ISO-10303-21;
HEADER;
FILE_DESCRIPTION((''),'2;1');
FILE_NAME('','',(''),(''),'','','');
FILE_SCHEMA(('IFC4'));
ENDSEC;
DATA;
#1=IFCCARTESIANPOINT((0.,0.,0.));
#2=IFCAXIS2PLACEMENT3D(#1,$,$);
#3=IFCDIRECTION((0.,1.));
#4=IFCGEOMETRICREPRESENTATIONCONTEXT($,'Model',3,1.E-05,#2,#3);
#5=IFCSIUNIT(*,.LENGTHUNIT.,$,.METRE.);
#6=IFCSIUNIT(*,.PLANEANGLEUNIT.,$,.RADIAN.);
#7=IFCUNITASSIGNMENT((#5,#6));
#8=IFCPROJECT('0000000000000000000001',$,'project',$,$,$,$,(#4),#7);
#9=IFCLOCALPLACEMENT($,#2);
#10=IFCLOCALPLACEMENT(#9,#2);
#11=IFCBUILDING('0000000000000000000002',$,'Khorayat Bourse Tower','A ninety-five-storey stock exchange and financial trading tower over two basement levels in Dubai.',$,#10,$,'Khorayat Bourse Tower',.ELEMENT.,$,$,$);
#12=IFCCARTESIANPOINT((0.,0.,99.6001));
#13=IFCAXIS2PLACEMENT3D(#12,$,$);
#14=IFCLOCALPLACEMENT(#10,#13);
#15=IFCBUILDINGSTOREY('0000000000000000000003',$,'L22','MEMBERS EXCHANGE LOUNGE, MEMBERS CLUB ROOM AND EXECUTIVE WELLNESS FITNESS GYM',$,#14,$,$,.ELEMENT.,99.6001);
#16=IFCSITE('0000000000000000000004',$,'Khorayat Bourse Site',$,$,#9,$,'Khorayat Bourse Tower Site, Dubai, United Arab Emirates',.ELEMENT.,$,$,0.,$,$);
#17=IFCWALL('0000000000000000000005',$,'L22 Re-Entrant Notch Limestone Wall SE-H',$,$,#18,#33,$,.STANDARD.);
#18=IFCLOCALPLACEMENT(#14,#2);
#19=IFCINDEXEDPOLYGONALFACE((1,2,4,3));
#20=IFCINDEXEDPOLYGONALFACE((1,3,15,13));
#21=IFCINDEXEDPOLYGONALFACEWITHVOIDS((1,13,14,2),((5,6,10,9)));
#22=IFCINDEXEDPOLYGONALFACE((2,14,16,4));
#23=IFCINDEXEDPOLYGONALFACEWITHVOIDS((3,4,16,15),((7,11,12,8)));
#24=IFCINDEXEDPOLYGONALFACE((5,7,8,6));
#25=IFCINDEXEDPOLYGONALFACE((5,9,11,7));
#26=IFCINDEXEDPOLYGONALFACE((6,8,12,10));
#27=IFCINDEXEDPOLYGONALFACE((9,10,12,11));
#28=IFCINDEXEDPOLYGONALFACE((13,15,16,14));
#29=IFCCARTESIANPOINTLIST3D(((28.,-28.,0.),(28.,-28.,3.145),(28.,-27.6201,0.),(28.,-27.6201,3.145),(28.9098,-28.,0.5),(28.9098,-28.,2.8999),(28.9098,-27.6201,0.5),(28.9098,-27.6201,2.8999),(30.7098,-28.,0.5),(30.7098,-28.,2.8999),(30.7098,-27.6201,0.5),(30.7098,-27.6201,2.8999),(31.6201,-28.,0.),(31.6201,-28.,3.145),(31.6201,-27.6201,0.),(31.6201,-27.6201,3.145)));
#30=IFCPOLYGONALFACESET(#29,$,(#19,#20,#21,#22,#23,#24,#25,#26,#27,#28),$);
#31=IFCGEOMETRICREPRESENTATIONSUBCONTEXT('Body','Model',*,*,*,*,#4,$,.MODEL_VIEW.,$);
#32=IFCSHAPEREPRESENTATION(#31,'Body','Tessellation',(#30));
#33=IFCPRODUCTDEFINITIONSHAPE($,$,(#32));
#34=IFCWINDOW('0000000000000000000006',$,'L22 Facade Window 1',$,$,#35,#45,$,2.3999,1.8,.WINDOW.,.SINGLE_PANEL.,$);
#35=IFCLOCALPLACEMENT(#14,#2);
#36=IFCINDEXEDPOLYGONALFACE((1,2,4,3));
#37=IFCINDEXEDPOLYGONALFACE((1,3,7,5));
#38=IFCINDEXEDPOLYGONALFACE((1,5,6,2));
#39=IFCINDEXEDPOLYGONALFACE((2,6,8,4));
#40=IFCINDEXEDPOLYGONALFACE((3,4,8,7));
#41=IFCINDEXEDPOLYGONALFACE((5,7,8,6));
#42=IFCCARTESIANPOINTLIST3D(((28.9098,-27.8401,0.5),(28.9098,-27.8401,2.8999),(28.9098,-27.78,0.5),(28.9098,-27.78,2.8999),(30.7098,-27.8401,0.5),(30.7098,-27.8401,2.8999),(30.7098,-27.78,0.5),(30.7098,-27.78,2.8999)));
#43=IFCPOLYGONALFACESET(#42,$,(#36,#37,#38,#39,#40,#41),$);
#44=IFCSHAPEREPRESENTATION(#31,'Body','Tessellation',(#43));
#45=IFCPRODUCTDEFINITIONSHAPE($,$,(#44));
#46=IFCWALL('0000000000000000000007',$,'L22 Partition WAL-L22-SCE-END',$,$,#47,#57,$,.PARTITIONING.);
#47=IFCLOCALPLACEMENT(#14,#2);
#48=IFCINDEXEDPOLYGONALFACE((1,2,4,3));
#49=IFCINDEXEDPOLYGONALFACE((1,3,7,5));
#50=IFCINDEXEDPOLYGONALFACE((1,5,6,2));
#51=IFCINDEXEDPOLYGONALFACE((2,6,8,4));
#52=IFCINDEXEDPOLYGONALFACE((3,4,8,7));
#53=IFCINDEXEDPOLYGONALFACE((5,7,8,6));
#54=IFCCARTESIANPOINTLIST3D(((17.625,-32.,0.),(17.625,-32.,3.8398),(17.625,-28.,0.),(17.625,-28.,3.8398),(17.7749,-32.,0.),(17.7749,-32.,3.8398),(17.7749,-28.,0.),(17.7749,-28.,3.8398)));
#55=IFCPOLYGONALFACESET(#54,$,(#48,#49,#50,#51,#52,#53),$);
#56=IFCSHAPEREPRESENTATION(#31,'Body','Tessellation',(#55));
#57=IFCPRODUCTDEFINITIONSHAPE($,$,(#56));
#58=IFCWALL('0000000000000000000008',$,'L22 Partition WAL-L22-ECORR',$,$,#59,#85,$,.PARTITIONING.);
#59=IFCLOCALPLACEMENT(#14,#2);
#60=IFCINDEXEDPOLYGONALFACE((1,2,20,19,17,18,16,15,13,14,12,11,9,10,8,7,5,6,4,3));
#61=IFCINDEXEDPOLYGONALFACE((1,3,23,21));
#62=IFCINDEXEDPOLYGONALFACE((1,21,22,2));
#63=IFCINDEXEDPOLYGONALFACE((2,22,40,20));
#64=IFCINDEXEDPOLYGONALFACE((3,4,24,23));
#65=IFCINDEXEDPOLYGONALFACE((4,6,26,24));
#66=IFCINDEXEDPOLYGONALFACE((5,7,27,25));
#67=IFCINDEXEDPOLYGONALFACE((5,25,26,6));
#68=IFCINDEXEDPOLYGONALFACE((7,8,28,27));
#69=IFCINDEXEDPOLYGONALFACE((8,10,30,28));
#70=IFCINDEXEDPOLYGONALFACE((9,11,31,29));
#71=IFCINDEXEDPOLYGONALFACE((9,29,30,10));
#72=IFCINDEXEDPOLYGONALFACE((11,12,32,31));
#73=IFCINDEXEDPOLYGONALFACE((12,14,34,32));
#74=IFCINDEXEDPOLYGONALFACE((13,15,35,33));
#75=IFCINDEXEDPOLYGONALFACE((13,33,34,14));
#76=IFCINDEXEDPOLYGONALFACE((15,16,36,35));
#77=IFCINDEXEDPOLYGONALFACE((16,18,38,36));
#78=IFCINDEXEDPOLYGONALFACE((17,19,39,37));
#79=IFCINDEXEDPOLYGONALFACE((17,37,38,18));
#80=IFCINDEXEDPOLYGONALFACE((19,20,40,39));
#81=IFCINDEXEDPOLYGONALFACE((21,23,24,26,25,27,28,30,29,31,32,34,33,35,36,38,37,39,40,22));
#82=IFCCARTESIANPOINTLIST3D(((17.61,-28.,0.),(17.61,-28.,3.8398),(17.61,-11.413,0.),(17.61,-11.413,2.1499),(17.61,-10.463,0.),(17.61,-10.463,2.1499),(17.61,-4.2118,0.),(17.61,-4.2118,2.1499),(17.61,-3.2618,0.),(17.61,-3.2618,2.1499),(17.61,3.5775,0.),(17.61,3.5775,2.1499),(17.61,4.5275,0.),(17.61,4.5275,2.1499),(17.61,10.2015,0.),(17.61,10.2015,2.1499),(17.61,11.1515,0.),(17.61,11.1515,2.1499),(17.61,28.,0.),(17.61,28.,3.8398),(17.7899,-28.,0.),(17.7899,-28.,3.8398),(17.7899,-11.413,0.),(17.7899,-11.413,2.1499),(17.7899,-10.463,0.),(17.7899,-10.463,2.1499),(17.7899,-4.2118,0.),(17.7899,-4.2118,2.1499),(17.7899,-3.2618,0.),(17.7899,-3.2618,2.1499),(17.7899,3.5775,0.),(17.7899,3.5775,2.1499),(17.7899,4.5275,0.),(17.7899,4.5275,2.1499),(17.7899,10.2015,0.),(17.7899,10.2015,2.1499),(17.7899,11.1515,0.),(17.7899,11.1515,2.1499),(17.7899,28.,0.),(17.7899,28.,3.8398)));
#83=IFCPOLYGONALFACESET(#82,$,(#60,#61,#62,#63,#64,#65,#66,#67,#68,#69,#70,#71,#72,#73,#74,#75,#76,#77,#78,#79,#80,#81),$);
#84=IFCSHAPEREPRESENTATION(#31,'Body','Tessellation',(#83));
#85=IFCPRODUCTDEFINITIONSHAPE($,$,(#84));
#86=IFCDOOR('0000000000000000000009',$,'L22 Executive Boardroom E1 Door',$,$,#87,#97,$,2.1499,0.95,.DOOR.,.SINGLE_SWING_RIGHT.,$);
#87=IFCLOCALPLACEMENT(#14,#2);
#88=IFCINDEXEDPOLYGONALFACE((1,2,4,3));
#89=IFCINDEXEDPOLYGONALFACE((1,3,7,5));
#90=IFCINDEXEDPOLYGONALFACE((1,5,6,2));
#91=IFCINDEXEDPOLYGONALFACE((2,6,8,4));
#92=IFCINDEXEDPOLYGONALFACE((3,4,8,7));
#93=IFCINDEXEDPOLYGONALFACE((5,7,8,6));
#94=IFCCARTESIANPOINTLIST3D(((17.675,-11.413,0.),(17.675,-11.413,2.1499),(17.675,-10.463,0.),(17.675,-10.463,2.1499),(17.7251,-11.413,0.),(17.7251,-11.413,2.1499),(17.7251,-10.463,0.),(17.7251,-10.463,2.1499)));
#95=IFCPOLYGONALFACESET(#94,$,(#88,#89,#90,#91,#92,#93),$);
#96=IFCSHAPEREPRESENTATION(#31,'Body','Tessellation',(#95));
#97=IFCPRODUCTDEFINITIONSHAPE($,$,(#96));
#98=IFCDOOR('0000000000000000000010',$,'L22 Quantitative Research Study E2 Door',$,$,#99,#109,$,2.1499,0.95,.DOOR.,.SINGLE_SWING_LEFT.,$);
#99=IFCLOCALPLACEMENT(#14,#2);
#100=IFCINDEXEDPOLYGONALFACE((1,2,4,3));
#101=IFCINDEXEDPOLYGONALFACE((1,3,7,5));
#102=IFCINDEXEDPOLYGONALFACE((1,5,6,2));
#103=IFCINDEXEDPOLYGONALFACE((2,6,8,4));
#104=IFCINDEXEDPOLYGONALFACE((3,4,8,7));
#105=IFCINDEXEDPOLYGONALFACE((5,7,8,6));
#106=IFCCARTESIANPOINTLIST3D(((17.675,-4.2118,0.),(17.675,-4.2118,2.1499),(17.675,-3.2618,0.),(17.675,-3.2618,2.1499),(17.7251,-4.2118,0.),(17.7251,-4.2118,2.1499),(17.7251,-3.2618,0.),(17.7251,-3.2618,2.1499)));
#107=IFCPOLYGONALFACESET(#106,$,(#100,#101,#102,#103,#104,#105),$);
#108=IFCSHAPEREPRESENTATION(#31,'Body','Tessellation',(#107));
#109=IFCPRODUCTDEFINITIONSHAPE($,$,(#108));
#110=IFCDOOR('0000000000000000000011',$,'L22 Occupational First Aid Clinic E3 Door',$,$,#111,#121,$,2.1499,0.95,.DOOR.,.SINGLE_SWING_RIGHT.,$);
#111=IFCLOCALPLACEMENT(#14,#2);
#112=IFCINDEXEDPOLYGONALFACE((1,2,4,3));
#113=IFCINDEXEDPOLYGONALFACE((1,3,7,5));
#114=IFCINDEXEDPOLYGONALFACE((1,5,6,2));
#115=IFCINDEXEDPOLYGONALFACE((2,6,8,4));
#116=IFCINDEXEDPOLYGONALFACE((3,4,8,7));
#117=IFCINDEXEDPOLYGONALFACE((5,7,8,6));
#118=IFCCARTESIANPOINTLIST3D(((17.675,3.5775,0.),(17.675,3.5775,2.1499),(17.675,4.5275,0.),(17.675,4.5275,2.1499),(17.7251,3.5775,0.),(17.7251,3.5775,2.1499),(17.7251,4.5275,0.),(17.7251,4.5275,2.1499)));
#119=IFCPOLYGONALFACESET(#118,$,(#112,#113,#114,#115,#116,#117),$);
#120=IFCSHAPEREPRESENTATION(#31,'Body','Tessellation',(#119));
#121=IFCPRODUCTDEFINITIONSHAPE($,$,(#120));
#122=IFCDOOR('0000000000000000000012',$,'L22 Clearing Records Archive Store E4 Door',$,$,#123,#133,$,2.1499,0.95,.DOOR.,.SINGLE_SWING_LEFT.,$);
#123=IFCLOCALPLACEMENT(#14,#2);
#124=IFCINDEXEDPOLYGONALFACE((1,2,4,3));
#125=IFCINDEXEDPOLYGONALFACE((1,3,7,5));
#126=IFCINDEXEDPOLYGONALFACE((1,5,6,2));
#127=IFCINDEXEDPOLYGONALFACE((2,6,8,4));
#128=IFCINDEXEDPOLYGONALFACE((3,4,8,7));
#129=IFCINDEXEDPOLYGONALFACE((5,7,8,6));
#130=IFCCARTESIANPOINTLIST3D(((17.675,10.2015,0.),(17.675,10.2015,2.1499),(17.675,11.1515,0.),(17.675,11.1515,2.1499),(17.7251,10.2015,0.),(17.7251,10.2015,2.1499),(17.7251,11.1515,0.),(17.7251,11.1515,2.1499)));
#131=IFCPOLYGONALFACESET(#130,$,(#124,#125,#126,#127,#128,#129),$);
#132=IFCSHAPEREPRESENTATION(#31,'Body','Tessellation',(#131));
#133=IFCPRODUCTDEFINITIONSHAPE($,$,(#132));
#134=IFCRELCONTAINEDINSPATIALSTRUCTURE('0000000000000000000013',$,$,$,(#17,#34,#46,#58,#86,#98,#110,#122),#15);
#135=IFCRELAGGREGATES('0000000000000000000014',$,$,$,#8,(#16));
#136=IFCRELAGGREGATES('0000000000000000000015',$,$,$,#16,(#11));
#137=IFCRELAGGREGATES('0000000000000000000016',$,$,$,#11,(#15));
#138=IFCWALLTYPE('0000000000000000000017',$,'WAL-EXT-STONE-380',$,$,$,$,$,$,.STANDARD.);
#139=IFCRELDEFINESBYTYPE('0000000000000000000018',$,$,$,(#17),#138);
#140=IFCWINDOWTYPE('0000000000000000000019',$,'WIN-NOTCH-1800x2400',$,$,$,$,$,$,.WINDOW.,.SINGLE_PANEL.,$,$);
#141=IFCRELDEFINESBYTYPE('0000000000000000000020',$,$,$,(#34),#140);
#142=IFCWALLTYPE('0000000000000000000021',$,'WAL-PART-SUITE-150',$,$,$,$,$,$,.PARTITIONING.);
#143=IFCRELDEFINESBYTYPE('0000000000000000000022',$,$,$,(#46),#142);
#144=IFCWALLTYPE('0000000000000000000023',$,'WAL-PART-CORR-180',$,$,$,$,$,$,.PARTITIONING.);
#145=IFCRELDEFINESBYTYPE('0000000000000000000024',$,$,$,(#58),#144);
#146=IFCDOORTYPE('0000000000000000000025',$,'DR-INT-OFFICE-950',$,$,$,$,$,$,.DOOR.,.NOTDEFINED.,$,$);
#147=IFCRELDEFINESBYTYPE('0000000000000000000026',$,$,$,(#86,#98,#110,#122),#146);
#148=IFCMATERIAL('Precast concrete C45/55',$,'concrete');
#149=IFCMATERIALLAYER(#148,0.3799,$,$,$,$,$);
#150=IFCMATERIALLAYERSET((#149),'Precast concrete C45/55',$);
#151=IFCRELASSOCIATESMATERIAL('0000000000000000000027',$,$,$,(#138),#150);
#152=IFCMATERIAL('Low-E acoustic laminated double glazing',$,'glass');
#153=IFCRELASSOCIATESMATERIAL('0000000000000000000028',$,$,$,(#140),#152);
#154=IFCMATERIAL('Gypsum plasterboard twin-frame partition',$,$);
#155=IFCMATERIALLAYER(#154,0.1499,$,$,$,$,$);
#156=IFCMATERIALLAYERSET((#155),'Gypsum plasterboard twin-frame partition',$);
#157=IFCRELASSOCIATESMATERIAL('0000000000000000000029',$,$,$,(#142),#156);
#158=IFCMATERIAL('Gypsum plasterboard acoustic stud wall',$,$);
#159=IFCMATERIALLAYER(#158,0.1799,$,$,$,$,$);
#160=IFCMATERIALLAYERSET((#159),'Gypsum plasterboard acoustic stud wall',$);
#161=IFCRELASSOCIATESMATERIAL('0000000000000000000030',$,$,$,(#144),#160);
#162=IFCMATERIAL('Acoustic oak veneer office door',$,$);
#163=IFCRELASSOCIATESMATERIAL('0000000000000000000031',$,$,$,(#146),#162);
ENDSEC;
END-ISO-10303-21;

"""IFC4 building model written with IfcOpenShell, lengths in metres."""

from ifc_helpers import new_model, si_unit, direction, frame, frame_2d, origin, place, context, subcontext, project, spatial, rectangle, extrude, source, transform, mapped, material, layer, layer_set, type_object, element, fill, save


model = new_model("IFC4")

# Units and contexts
model_context = context("Model", 3, precision=1e-05, world=origin(), true_north=direction((0.0, 1.0)))
body_context = subcontext(model_context, "Body", "Model", "MODEL_VIEW")
ifc_project = project(units=[si_unit("LENGTHUNIT", "METRE"), si_unit("PLANEANGLEUNIT", "RADIAN")], contexts=[model_context])

# Site, building, storey
site_placement = place(None, origin())
site = spatial("IfcSite", under=ifc_project, at=site_placement, Name="Khorayat Bourse Site", LongName="Khorayat Bourse Tower Site, Dubai, United Arab Emirates", CompositionType="ELEMENT", RefElevation=0.0)
building_placement = place(site_placement, origin())
building = spatial("IfcBuilding", under=site, at=building_placement, Name="Khorayat Bourse Tower", Description="A ninety-five-storey stock exchange and financial trading tower over two basement levels in Dubai.", LongName="Khorayat Bourse Tower", CompositionType="ELEMENT")
storey_placement = place(building_placement, frame((0.0, 0.0, 99.6001)))
storey = spatial("IfcBuildingStorey", under=building, at=storey_placement, Name="L22", Description="MEMBERS EXCHANGE LOUNGE, MEMBERS CLUB ROOM AND EXECUTIVE WELLNESS FITNESS GYM", CompositionType="ELEMENT", Elevation=99.6001)

# Wall, opening, window
ifc_material_1 = material(Name="Precast concrete C45/55", Category="concrete")
ifc_layer_1 = layer(ifc_material_1, 0.3799)
ifc_layer_set_1 = layer_set([ifc_layer_1], Name="Precast concrete C45/55")
wall_type_1 = type_object("IfcWallType", Name="WAL-EXT-STONE-380", PredefinedType="STANDARD", material=ifc_layer_set_1)
shared_shape_1 = source(origin(), body_context, "Body", "SweptSolid", [
    extrude(rectangle(XDim=3.6201, YDim=0.3799, at=frame_2d((1.8101, 0.0))), origin(), (0.0, 0.0, 1.0), 3.145),
])
shared_shape_2 = source(origin(), body_context, "Body", "SweptSolid", [
    extrude(rectangle(XDim=1.8, YDim=2.3999, at=frame_2d((0.8999, 1.2))), frame((0.0, 0.2, 0.0), z_axis=(0.0, -1.0, 0.0), x_axis=(1.0, 0.0, 0.0)), (0.0, 0.0, 1.0), 0.3999),
])
ifc_material_2 = material(Name="Low-E acoustic laminated double glazing", Category="glass")
window_type = type_object("IfcWindowType", Name="WIN-NOTCH-1800x2400", PartitioningType="SINGLE_PANEL", PredefinedType="WINDOW", material=ifc_material_2)
shared_shape_3 = source(origin(), body_context, "Body", "SweptSolid", [
    extrude(rectangle(XDim=1.8, YDim=2.3999, at=frame_2d((0.8999, 1.2))), frame((0.0, 0.03, 0.0), z_axis=(0.0, -1.0, 0.0), x_axis=(1.0, 0.0, 0.0)), (0.0, 0.0, 1.0), 0.0601),
])
wall_1_placement = place(storey_placement, frame((28.0, -27.8101, 0.0), z_axis=(0.0, 0.0, 1.0), x_axis=(1.0, 0.0, 0.0)))
wall_1 = element("IfcWall", 1, at=wall_1_placement, inside=storey, type_object=wall_type_1, Name="L22 Re-Entrant Notch Limestone Wall SE-H", PredefinedType="STANDARD", context=body_context, shape_type="MappedRepresentation", body=[
    mapped(shared_shape_1, transform((0.0, 0.0, 0.0), scale=1.0)),
])
opening_1_placement = place(wall_1_placement, frame((0.9099, 0.0, 0.5)))
opening_1 = element("IfcOpeningElement", 2, at=opening_1_placement, cuts=wall_1, PredefinedType="OPENING", context=body_context, shape_type="MappedRepresentation", body=[
    mapped(shared_shape_2, transform((0.0, 0.0, 0.0), scale=1.0)),
])
window_1_placement = place(opening_1_placement, origin())
window_1 = element("IfcWindow", 3, at=window_1_placement, inside=storey, type_object=window_type, Name="L22 Facade Window 1", OverallHeight=2.3999, OverallWidth=1.8, PartitioningType="SINGLE_PANEL", PredefinedType="WINDOW", context=body_context, shape_type="MappedRepresentation", body=[
    mapped(shared_shape_3, transform((0.0, 0.0, 0.0), scale=1.0)),
])
fill(opening_1, window_1)

# Wall
ifc_material_3 = material(Name="Gypsum plasterboard twin-frame partition")
ifc_layer_2 = layer(ifc_material_3, 0.1499)
ifc_layer_set_2 = layer_set([ifc_layer_2], Name="Gypsum plasterboard twin-frame partition")
wall_type_2 = type_object("IfcWallType", Name="WAL-PART-SUITE-150", PredefinedType="PARTITIONING", material=ifc_layer_set_2)
shared_shape_4 = source(origin(), body_context, "Body", "SweptSolid", [
    extrude(rectangle(XDim=4.0, YDim=0.1499, at=frame_2d((2.0, 0.0))), origin(), (0.0, 0.0, 1.0), 3.8398),
])
wall_2_placement = place(storey_placement, frame((17.7, -32.0, 0.0), z_axis=(0.0, 0.0, 1.0), x_axis=(0.0, 1.0, 0.0)))
element("IfcWall", 4, at=wall_2_placement, inside=storey, type_object=wall_type_2, Name="L22 Partition WAL-L22-SCE-END", PredefinedType="PARTITIONING", context=body_context, shape_type="MappedRepresentation", body=[
    mapped(shared_shape_4, transform((0.0, 0.0, 0.0), scale=1.0)),
])

# Wall, openings, doors
ifc_material_4 = material(Name="Gypsum plasterboard acoustic stud wall")
ifc_layer_3 = layer(ifc_material_4, 0.1799)
ifc_layer_set_3 = layer_set([ifc_layer_3], Name="Gypsum plasterboard acoustic stud wall")
wall_type_3 = type_object("IfcWallType", Name="WAL-PART-CORR-180", PredefinedType="PARTITIONING", material=ifc_layer_set_3)
shared_shape_5 = source(origin(), body_context, "Body", "SweptSolid", [
    extrude(rectangle(XDim=56.0, YDim=0.1799, at=frame_2d((28.0, 0.0))), origin(), (0.0, 0.0, 1.0), 3.8398),
])
wall_3_placement = place(storey_placement, frame((17.7, -28.0, 0.0), z_axis=(0.0, 0.0, 1.0), x_axis=(0.0, 1.0, 0.0)))
wall_3 = element("IfcWall", 5, at=wall_3_placement, inside=storey, type_object=wall_type_3, Name="L22 Partition WAL-L22-ECORR", PredefinedType="PARTITIONING", context=body_context, shape_type="MappedRepresentation", body=[
    mapped(shared_shape_5, transform((0.0, 0.0, 0.0), scale=1.0)),
])
shared_shape_6 = source(origin(), body_context, "Body", "SweptSolid", [
    extrude(rectangle(XDim=0.95, YDim=2.1499, at=frame_2d((0.4751, 1.075))), frame((0.0, 0.0999, 0.0), z_axis=(0.0, -1.0, 0.0), x_axis=(1.0, 0.0, 0.0)), (0.0, 0.0, 1.0), 0.2),
])
opening_2_placement = place(wall_3_placement, frame((16.5869, 0.0, 0.0)))
opening_2 = element("IfcOpeningElement", 6, at=opening_2_placement, cuts=wall_3, PredefinedType="OPENING", context=body_context, shape_type="MappedRepresentation", body=[
    mapped(shared_shape_6, transform((0.0, 0.0, 0.0), scale=1.0)),
])
opening_3_placement = place(wall_3_placement, frame((23.7881, 0.0, 0.0)))
opening_3 = element("IfcOpeningElement", 7, at=opening_3_placement, cuts=wall_3, PredefinedType="OPENING", context=body_context, shape_type="MappedRepresentation", body=[
    mapped(shared_shape_6, transform((0.0, 0.0, 0.0), scale=1.0)),
])
opening_4_placement = place(wall_3_placement, frame((31.5774, 0.0, 0.0)))
opening_4 = element("IfcOpeningElement", 8, at=opening_4_placement, cuts=wall_3, PredefinedType="OPENING", context=body_context, shape_type="MappedRepresentation", body=[
    mapped(shared_shape_6, transform((0.0, 0.0, 0.0), scale=1.0)),
])
opening_5_placement = place(wall_3_placement, frame((38.2014, 0.0, 0.0)))
opening_5 = element("IfcOpeningElement", 9, at=opening_5_placement, cuts=wall_3, PredefinedType="OPENING", context=body_context, shape_type="MappedRepresentation", body=[
    mapped(shared_shape_6, transform((0.0, 0.0, 0.0), scale=1.0)),
])
ifc_material_5 = material(Name="Acoustic oak veneer office door")
door_type = type_object("IfcDoorType", Name="DR-INT-OFFICE-950", OperationType="NOTDEFINED", PredefinedType="DOOR", material=ifc_material_5)
shared_shape_7 = source(origin(), body_context, "Body", "SweptSolid", [
    extrude(rectangle(XDim=0.95, YDim=2.1499, at=frame_2d((0.4751, 1.075))), frame((0.0, 0.0249, 0.0), z_axis=(0.0, -1.0, 0.0), x_axis=(1.0, 0.0, 0.0)), (0.0, 0.0, 1.0), 0.05),
])
door_1_placement = place(opening_2_placement, origin())
door_1 = element("IfcDoor", 10, at=door_1_placement, inside=storey, type_object=door_type, Name="L22 Executive Boardroom E1 Door", OperationType="SINGLE_SWING_RIGHT", OverallHeight=2.1499, OverallWidth=0.95, PredefinedType="DOOR", context=body_context, shape_type="MappedRepresentation", body=[
    mapped(shared_shape_7, transform((0.0, 0.0, 0.0), scale=1.0)),
])
fill(opening_2, door_1)
door_2_placement = place(opening_3_placement, origin())
door_2 = element("IfcDoor", 11, at=door_2_placement, inside=storey, type_object=door_type, Name="L22 Quantitative Research Study E2 Door", OperationType="SINGLE_SWING_LEFT", OverallHeight=2.1499, OverallWidth=0.95, PredefinedType="DOOR", context=body_context, shape_type="MappedRepresentation", body=[
    mapped(shared_shape_7, transform((0.0, 0.0, 0.0), scale=1.0)),
])
fill(opening_3, door_2)
door_3_placement = place(opening_4_placement, origin())
door_3 = element("IfcDoor", 12, at=door_3_placement, inside=storey, type_object=door_type, Name="L22 Occupational First Aid Clinic E3 Door", OperationType="SINGLE_SWING_RIGHT", OverallHeight=2.1499, OverallWidth=0.95, PredefinedType="DOOR", context=body_context, shape_type="MappedRepresentation", body=[
    mapped(shared_shape_7, transform((0.0, 0.0, 0.0), scale=1.0)),
])
fill(opening_4, door_3)
door_4_placement = place(opening_5_placement, origin())
door_4 = element("IfcDoor", 13, at=door_4_placement, inside=storey, type_object=door_type, Name="L22 Clearing Records Archive Store E4 Door", OperationType="SINGLE_SWING_LEFT", OverallHeight=2.1499, OverallWidth=0.95, PredefinedType="DOOR", context=body_context, shape_type="MappedRepresentation", body=[
    mapped(shared_shape_7, transform((0.0, 0.0, 0.0), scale=1.0)),
])
fill(opening_5, door_4)

save(model, "model.ifc")
